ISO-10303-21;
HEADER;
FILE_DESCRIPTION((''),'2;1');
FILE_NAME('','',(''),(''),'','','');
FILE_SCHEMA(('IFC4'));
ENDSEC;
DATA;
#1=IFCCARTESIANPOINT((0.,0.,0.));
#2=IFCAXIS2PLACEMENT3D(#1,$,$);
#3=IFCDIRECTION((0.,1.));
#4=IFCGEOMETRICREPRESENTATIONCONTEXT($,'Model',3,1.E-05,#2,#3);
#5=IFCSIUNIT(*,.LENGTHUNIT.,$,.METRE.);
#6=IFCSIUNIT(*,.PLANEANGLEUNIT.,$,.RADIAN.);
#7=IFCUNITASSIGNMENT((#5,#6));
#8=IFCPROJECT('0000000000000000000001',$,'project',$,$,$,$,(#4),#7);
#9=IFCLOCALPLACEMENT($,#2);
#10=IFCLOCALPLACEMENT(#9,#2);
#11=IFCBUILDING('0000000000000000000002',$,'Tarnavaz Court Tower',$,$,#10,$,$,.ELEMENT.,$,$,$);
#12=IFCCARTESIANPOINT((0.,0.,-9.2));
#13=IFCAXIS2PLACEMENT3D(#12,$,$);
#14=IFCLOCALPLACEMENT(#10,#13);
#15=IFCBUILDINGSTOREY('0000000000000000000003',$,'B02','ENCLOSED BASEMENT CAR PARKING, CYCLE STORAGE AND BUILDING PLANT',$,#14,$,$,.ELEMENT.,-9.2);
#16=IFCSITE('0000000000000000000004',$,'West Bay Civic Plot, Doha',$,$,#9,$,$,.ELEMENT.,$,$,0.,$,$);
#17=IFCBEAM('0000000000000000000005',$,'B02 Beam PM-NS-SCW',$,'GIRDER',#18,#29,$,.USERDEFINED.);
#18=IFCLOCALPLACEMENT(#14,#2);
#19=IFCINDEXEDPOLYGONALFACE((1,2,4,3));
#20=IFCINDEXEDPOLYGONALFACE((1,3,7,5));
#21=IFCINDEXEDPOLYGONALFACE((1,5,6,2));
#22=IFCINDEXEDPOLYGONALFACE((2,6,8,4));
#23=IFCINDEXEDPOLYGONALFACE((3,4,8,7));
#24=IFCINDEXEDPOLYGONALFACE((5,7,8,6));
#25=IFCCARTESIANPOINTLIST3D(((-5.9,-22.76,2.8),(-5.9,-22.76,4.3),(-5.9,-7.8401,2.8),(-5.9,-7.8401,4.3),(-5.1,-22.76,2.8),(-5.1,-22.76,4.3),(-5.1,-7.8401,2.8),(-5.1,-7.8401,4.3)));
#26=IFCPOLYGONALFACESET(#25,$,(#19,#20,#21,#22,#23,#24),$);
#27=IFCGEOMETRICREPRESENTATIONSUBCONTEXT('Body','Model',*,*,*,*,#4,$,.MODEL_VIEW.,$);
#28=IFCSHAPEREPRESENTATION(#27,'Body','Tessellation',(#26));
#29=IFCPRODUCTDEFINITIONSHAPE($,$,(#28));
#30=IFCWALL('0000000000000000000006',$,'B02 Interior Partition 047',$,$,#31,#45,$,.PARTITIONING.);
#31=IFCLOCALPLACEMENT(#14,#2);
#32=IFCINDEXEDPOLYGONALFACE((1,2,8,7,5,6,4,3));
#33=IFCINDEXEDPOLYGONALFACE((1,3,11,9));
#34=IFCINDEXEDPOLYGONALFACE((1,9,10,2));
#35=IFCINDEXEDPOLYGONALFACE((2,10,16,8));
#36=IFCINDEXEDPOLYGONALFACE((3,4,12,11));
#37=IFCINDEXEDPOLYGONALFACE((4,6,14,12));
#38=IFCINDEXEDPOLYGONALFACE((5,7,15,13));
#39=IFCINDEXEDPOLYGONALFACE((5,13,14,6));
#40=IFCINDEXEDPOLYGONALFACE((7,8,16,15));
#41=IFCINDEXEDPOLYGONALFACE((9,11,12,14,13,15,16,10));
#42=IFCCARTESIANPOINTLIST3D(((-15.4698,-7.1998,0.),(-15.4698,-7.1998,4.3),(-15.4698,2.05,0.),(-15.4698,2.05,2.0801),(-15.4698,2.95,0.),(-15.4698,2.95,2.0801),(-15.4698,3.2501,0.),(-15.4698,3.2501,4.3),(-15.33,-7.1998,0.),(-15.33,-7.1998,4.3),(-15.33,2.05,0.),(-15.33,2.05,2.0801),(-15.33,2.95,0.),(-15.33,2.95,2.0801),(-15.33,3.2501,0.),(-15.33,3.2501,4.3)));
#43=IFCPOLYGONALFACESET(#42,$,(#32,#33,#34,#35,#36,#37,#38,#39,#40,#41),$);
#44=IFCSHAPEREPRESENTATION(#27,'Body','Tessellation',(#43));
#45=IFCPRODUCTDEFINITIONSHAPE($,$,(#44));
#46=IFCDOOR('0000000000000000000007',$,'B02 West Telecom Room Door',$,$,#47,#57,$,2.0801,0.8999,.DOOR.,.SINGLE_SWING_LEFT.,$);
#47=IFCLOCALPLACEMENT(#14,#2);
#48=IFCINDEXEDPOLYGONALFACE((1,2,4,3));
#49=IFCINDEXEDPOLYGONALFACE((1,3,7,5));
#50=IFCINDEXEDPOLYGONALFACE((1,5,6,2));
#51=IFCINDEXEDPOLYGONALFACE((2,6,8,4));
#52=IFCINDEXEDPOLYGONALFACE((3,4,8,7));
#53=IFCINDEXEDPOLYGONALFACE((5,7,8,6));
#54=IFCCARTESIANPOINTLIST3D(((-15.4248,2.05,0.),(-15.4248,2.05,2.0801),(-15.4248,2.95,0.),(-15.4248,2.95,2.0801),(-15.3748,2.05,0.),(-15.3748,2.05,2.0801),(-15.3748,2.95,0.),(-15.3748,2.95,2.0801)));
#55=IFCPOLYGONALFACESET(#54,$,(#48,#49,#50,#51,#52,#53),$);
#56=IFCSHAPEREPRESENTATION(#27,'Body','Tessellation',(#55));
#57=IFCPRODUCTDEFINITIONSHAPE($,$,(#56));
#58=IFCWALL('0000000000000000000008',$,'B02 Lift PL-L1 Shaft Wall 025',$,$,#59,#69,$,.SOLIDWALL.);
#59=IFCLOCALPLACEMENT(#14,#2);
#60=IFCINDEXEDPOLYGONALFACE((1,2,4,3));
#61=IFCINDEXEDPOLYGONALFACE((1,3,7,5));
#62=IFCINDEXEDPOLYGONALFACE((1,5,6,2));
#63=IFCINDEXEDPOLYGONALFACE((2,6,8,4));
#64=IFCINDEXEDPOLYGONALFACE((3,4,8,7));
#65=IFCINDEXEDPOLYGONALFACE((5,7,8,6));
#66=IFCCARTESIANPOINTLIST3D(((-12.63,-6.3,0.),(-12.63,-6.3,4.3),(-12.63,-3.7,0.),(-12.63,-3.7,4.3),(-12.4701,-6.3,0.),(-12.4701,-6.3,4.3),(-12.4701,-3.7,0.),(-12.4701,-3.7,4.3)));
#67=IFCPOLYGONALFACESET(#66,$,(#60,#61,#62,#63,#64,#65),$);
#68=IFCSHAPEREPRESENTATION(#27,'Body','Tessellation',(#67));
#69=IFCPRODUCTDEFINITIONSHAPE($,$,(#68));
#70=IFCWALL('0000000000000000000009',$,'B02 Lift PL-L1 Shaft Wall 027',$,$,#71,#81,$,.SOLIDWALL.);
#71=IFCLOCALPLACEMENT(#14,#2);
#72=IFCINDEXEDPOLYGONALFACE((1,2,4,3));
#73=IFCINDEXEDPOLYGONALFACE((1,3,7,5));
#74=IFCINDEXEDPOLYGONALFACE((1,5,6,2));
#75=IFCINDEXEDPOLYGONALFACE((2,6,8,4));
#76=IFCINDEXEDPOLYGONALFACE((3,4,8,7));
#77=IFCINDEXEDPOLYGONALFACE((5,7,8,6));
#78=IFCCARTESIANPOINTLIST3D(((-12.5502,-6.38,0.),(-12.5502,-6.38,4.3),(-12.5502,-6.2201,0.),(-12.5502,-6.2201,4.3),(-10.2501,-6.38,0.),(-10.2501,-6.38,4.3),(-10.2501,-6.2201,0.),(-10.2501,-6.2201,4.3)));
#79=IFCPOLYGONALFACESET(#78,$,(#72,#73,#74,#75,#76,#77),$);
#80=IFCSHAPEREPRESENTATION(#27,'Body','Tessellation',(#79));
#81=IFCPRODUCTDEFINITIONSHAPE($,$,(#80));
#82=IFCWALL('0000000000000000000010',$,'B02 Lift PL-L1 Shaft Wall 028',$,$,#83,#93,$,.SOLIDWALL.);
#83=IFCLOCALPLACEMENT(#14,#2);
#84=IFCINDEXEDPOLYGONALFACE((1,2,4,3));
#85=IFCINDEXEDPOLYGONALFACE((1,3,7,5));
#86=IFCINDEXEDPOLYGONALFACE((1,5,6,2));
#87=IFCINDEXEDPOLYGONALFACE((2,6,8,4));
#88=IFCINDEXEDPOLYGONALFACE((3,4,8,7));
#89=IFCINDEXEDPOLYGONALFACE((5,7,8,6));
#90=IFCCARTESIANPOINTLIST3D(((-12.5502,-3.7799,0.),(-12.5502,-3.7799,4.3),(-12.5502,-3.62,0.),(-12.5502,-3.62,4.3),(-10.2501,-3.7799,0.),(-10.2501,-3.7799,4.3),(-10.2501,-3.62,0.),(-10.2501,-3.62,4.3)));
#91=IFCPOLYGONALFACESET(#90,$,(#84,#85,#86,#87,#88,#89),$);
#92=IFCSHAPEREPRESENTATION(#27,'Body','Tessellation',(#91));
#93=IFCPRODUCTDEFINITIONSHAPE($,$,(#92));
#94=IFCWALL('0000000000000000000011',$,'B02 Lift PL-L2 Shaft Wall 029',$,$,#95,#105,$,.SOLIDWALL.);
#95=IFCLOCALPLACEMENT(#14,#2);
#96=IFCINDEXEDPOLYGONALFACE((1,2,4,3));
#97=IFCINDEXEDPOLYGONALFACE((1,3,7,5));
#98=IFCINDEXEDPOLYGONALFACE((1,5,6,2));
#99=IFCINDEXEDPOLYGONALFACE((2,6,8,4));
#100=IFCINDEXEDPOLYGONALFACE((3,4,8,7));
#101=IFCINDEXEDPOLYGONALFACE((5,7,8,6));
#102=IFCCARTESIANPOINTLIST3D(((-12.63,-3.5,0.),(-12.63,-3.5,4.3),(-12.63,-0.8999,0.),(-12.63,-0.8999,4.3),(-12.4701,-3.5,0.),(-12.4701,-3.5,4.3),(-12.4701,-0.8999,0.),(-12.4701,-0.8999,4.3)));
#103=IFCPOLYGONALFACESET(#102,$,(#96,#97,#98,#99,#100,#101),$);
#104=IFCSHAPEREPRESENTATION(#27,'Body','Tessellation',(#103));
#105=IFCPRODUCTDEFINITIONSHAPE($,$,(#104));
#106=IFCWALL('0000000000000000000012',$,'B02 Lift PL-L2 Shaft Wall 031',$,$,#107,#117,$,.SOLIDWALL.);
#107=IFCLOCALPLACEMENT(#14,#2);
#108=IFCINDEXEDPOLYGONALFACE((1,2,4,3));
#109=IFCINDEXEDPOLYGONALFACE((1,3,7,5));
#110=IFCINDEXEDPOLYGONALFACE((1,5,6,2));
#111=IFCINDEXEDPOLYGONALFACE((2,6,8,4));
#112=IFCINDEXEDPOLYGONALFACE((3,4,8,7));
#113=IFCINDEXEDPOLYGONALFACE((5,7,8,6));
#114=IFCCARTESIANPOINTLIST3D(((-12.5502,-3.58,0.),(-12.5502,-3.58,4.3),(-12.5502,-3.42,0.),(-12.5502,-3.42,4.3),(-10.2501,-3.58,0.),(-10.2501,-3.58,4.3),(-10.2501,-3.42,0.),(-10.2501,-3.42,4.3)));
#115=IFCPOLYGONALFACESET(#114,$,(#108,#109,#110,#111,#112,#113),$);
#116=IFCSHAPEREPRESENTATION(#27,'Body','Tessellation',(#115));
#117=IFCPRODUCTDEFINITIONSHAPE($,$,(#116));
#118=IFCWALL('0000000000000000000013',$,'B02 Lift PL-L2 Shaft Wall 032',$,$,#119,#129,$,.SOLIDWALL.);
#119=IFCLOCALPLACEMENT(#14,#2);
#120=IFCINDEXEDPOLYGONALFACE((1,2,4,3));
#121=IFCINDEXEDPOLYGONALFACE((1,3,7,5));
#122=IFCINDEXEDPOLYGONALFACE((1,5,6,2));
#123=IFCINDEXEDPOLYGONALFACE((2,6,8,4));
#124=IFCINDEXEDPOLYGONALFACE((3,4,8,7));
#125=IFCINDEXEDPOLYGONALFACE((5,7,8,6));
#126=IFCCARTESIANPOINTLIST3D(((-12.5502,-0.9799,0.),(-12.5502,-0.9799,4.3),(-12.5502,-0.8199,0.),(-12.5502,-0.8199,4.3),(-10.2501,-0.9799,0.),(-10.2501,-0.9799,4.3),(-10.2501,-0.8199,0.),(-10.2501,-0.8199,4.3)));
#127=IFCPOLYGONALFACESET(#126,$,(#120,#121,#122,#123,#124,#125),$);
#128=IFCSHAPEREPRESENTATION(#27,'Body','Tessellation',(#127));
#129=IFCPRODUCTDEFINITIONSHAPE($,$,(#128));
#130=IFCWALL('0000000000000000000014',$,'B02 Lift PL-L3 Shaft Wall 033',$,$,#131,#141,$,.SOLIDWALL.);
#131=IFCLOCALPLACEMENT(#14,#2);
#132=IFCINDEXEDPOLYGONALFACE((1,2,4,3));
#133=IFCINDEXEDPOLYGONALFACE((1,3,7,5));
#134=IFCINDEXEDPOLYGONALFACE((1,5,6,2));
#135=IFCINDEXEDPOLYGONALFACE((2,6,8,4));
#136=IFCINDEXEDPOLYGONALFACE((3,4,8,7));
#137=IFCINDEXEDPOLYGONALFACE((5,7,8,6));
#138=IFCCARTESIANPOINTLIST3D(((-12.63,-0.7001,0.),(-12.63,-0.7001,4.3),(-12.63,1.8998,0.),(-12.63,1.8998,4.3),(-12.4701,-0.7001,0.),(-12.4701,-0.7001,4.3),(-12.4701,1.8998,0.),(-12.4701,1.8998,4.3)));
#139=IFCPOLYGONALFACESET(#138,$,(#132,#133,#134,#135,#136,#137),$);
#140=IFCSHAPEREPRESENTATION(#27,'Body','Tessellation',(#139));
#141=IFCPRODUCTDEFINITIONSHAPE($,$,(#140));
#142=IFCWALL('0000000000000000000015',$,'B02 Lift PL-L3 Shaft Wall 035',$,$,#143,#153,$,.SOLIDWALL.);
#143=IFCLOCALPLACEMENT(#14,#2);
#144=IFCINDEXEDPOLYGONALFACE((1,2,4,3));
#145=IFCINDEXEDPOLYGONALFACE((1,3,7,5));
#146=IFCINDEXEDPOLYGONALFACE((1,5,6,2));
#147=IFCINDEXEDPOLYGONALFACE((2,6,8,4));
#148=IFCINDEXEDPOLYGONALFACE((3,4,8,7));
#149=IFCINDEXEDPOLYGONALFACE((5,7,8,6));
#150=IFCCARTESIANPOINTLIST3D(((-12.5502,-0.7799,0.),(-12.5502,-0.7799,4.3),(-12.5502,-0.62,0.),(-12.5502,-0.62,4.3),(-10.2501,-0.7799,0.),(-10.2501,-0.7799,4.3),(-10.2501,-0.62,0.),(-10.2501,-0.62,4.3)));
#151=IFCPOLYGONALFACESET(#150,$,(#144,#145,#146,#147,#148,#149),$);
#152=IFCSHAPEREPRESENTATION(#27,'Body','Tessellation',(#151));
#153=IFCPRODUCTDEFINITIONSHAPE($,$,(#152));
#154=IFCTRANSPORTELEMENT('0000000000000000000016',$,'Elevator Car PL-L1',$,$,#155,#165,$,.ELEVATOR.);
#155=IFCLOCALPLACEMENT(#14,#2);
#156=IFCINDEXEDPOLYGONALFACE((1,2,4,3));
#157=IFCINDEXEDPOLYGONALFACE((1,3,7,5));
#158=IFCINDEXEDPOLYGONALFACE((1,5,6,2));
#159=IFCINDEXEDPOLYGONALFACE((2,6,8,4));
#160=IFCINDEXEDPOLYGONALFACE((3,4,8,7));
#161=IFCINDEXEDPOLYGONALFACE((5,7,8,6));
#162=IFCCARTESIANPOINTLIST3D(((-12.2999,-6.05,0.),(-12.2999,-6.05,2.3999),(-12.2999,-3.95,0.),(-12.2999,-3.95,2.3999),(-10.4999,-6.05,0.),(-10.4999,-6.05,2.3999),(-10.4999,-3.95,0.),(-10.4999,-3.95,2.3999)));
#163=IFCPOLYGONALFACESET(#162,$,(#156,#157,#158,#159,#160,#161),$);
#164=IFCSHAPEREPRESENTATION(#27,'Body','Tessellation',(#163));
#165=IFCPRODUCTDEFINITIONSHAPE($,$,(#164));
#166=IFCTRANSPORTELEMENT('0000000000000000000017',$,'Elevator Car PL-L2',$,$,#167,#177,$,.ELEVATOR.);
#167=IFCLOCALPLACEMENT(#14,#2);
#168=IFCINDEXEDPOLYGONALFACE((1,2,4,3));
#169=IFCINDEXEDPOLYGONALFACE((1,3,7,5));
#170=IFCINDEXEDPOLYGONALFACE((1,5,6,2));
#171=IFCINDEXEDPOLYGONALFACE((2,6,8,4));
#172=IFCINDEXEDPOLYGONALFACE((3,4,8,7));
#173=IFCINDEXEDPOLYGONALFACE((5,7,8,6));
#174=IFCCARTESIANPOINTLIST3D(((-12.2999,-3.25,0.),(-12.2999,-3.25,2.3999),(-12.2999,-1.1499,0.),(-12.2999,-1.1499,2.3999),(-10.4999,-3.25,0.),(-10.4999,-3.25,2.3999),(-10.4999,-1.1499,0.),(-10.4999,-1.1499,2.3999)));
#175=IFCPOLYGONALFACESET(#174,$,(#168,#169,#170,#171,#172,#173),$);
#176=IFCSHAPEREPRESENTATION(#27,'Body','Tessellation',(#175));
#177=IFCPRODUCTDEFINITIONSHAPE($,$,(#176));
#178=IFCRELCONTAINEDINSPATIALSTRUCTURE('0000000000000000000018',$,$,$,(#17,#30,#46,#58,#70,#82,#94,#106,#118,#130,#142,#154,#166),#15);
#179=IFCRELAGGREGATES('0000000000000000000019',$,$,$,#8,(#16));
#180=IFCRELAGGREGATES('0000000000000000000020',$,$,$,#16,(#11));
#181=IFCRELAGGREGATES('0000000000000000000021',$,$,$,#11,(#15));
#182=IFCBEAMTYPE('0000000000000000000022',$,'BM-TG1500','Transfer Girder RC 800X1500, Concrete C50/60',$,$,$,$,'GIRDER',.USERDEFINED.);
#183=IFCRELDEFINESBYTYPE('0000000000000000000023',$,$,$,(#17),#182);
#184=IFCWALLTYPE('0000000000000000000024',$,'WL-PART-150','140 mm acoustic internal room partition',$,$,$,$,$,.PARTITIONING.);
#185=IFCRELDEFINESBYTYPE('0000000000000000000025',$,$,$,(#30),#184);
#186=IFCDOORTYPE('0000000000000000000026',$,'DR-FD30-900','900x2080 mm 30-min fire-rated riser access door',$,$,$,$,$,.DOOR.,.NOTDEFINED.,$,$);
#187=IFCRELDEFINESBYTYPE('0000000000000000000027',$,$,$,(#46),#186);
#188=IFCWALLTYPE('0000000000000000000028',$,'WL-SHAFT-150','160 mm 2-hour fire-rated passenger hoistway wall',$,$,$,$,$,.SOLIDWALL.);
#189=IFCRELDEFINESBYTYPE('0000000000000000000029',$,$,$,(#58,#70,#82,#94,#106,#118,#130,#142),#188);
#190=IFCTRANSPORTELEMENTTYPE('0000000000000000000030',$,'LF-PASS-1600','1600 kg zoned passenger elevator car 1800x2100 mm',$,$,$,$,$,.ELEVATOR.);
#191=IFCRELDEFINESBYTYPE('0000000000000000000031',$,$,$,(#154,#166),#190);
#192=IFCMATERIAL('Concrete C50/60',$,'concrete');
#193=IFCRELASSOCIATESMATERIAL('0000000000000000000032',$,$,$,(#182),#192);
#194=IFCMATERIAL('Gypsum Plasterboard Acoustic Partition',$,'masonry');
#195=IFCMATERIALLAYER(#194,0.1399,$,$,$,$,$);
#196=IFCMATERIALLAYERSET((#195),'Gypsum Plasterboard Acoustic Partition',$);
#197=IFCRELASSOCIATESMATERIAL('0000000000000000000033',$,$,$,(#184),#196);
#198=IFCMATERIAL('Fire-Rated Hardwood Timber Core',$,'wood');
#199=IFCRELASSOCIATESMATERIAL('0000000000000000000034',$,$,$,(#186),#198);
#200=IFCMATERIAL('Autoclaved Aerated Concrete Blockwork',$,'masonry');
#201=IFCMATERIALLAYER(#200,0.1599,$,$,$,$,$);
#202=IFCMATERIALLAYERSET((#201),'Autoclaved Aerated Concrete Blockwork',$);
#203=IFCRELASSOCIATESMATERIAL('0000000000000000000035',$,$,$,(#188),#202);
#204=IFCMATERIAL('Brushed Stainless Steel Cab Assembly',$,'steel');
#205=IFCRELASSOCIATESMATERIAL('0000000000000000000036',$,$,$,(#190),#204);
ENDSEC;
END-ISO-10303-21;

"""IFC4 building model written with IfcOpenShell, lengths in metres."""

from ifc_helpers import new_model, si_unit, direction, frame, frame_2d, origin, origin_2d, place, context, subcontext, project, spatial, rectangle, extrude, material, layer, layer_set, material_profile, profile_set, type_object, element, fill, save


model = new_model("IFC4")

# Units and contexts
model_context = context("Model", 3, precision=1e-05, world=origin(), true_north=direction((0.0, 1.0)))
body_context = subcontext(model_context, "Body", "Model", "MODEL_VIEW")
ifc_project = project(units=[si_unit("LENGTHUNIT", "METRE"), si_unit("PLANEANGLEUNIT", "RADIAN")], contexts=[model_context])

# Site, building, storey
site_placement = place(None, origin())
site = spatial("IfcSite", under=ifc_project, at=site_placement, Name="West Bay Civic Plot, Doha", CompositionType="ELEMENT", RefElevation=0.0)
building_placement = place(site_placement, origin())
building = spatial("IfcBuilding", under=site, at=building_placement, Name="Tarnavaz Court Tower", CompositionType="ELEMENT")
storey_placement = place(building_placement, frame((0.0, 0.0, -9.2)))
storey = spatial("IfcBuildingStorey", under=building, at=storey_placement, Name="B02", Description="ENCLOSED BASEMENT CAR PARKING, CYCLE STORAGE AND BUILDING PLANT", CompositionType="ELEMENT", Elevation=-9.2)

# Shared definitions
ifc_material_1 = material(Name="Concrete C50/60", Category="concrete")

# Beam
ifc_material_profile_1 = material_profile(ifc_material_1, rectangle(XDim=0.8, YDim=1.5, at=origin_2d()), Name="RC 800X1500")
ifc_profile_set_1 = profile_set([ifc_material_profile_1], Name="Concrete C50/60")
beam_type_1 = type_object("IfcBeamType", Name="BM-TG1500", Description="Transfer Girder RC 800X1500, Concrete C50/60", ElementType="GIRDER", PredefinedType="USERDEFINED", material=ifc_profile_set_1)
beam_1_placement = place(storey_placement, frame((-5.5, -7.8401, 3.55), z_axis=(0.0, -1.0, 0.0), x_axis=(1.0, 0.0, 0.0)))
element("IfcBeam", 1, at=beam_1_placement, inside=storey, type_object=beam_type_1, Name="B02 Beam PM-NS-SCW", ObjectType="GIRDER", PredefinedType="USERDEFINED", context=body_context, shape_type="SweptSolid", body=[
    extrude(rectangle(XDim=0.8, YDim=1.5, at=origin_2d()), origin(), (0.0, 0.0, 1.0), 14.9199),
])

# Wall, opening, door
ifc_material_2 = material(Name="Gypsum Plasterboard Acoustic Partition", Category="masonry")
ifc_layer_1 = layer(ifc_material_2, 0.1399)
ifc_layer_set_1 = layer_set([ifc_layer_1], Name="Gypsum Plasterboard Acoustic Partition")
wall_type_1 = type_object("IfcWallType", Name="WL-PART-150", Description="140 mm acoustic internal room partition", PredefinedType="PARTITIONING", material=ifc_layer_set_1)
wall_1_placement = place(storey_placement, frame((-15.3999, -7.2, 0.0), z_axis=(0.0, 0.0, 1.0), x_axis=(0.0, 1.0, 0.0)))
wall_1 = element("IfcWall", 2, at=wall_1_placement, inside=storey, type_object=wall_type_1, Name="B02 Interior Partition 047", PredefinedType="PARTITIONING", context=body_context, shape_type="SweptSolid", body=[
    extrude(rectangle(XDim=10.45, YDim=0.1399, at=frame_2d((5.2251, 0.0))), origin(), (0.0, 0.0, 1.0), 4.3),
])
opening_1_placement = place(wall_1_placement, frame((9.25, 0.0, 0.0)))
opening_1 = element("IfcOpeningElement", 3, at=opening_1_placement, cuts=wall_1, PredefinedType="OPENING", context=body_context, shape_type="SweptSolid", body=[
    extrude(rectangle(XDim=0.8999, YDim=2.0801, at=frame_2d((0.45, 1.04))), frame((0.0, 0.0798, 0.0), z_axis=(0.0, -1.0, 0.0), x_axis=(1.0, 0.0, 0.0)), (0.0, 0.0, 1.0), 0.1599),
])
ifc_material_3 = material(Name="Fire-Rated Hardwood Timber Core", Category="wood")
door_type_1 = type_object("IfcDoorType", Name="DR-FD30-900", Description="900x2080 mm 30-min fire-rated riser access door", OperationType="NOTDEFINED", PredefinedType="DOOR", material=ifc_material_3)
door_1_placement = place(opening_1_placement, origin())
door_1 = element("IfcDoor", 4, at=door_1_placement, inside=storey, type_object=door_type_1, Name="B02 West Telecom Room Door", OperationType="SINGLE_SWING_LEFT", OverallHeight=2.0801, OverallWidth=0.8999, PredefinedType="DOOR", context=body_context, shape_type="SweptSolid", body=[
    extrude(rectangle(XDim=0.8999, YDim=2.0801, at=frame_2d((0.45, 1.04))), frame((0.0, 0.0249, 0.0), z_axis=(0.0, -1.0, 0.0), x_axis=(1.0, 0.0, 0.0)), (0.0, 0.0, 1.0), 0.05),
])
fill(opening_1, door_1)

# Wall
ifc_material_4 = material(Name="Autoclaved Aerated Concrete Blockwork", Category="masonry")
ifc_layer_2 = layer(ifc_material_4, 0.1599)
ifc_layer_set_2 = layer_set([ifc_layer_2], Name="Autoclaved Aerated Concrete Blockwork")
wall_type_2 = type_object("IfcWallType", Name="WL-SHAFT-150", Description="160 mm 2-hour fire-rated passenger hoistway wall", PredefinedType="SOLIDWALL", material=ifc_layer_set_2)
wall_2_placement = place(storey_placement, frame((-12.55, -6.3, 0.0), z_axis=(0.0, 0.0, 1.0), x_axis=(0.0, 1.0, 0.0)))
element("IfcWall", 5, at=wall_2_placement, inside=storey, type_object=wall_type_2, Name="B02 Lift PL-L1 Shaft Wall 025", PredefinedType="SOLIDWALL", context=body_context, shape_type="SweptSolid", body=[
    extrude(rectangle(XDim=2.6001, YDim=0.1599, at=frame_2d((1.3, 0.0))), origin(), (0.0, 0.0, 1.0), 4.3),
])

# Walls
for number, where, z_axis, x_axis, name in (
    (6, (-12.55, -6.3, 0.0), (0.0, 0.0, 1.0), (1.0, 0.0, 0.0), "B02 Lift PL-L1 Shaft Wall 027"),
    (7, (-12.55, -3.7, 0.0), (0.0, 0.0, 1.0), (1.0, 0.0, 0.0), "B02 Lift PL-L1 Shaft Wall 028"),
):
    element("IfcWall", number, at=place(storey_placement, frame(where, z_axis=z_axis, x_axis=x_axis)), inside=storey, type_object=wall_type_2, Name=name, PredefinedType="SOLIDWALL", context=body_context, shape_type="SweptSolid", body=[
        extrude(rectangle(XDim=2.3, YDim=0.1599, at=frame_2d((1.1499, 0.0))), origin(), (0.0, 0.0, 1.0), 4.3),
    ])
wall_3_placement = place(storey_placement, frame((-12.55, -3.5, 0.0), z_axis=(0.0, 0.0, 1.0), x_axis=(0.0, 1.0, 0.0)))
element("IfcWall", 8, at=wall_3_placement, inside=storey, type_object=wall_type_2, Name="B02 Lift PL-L2 Shaft Wall 029", PredefinedType="SOLIDWALL", context=body_context, shape_type="SweptSolid", body=[
    extrude(rectangle(XDim=2.6001, YDim=0.1599, at=frame_2d((1.3, 0.0))), origin(), (0.0, 0.0, 1.0), 4.3),
])

# Walls
for number, where, z_axis, x_axis, name in (
    (9, (-12.55, -3.5, 0.0), (0.0, 0.0, 1.0), (1.0, 0.0, 0.0), "B02 Lift PL-L2 Shaft Wall 031"),
    (10, (-12.55, -0.8999, 0.0), (0.0, 0.0, 1.0), (1.0, 0.0, 0.0), "B02 Lift PL-L2 Shaft Wall 032"),
):
    element("IfcWall", number, at=place(storey_placement, frame(where, z_axis=z_axis, x_axis=x_axis)), inside=storey, type_object=wall_type_2, Name=name, PredefinedType="SOLIDWALL", context=body_context, shape_type="SweptSolid", body=[
        extrude(rectangle(XDim=2.3, YDim=0.1599, at=frame_2d((1.1499, 0.0))), origin(), (0.0, 0.0, 1.0), 4.3),
    ])
wall_4_placement = place(storey_placement, frame((-12.55, -0.7, 0.0), z_axis=(0.0, 0.0, 1.0), x_axis=(0.0, 1.0, 0.0)))
element("IfcWall", 11, at=wall_4_placement, inside=storey, type_object=wall_type_2, Name="B02 Lift PL-L3 Shaft Wall 033", PredefinedType="SOLIDWALL", context=body_context, shape_type="SweptSolid", body=[
    extrude(rectangle(XDim=2.5999, YDim=0.1599, at=frame_2d((1.2998, 0.0))), origin(), (0.0, 0.0, 1.0), 4.3),
])

# Wall
wall_5_placement = place(storey_placement, frame((-12.55, -0.7, 0.0), z_axis=(0.0, 0.0, 1.0), x_axis=(1.0, 0.0, 0.0)))
element("IfcWall", 12, at=wall_5_placement, inside=storey, type_object=wall_type_2, Name="B02 Lift PL-L3 Shaft Wall 035", PredefinedType="SOLIDWALL", context=body_context, shape_type="SweptSolid", body=[
    extrude(rectangle(XDim=2.3, YDim=0.1599, at=frame_2d((1.1499, 0.0))), origin(), (0.0, 0.0, 1.0), 4.3),
])

# Transport elements
ifc_material_5 = material(Name="Brushed Stainless Steel Cab Assembly", Category="steel")
transport_element_type = type_object("IfcTransportElementType", Name="LF-PASS-1600", Description="1600 kg zoned passenger elevator car 1800x2100 mm", PredefinedType="ELEVATOR", material=ifc_material_5)
for number, where, z_axis, x_axis, name in (
    (13, (-11.3999, -5.0, 0.0), (0.0, 0.0, 1.0), (1.0, 0.0, 0.0), "Elevator Car PL-L1"),
    (14, (-11.3999, -2.2, 0.0), (0.0, 0.0, 1.0), (1.0, 0.0, 0.0), "Elevator Car PL-L2"),
):
    element("IfcTransportElement", number, at=place(storey_placement, frame(where, z_axis=z_axis, x_axis=x_axis)), inside=storey, type_object=transport_element_type, Name=name, PredefinedType="ELEVATOR", context=body_context, shape_type="SweptSolid", body=[
        extrude(rectangle(XDim=1.8, YDim=2.1001, at=origin_2d()), origin(), (0.0, 0.0, 1.0), 2.3999),
    ])

save(model, "model.ifc")
